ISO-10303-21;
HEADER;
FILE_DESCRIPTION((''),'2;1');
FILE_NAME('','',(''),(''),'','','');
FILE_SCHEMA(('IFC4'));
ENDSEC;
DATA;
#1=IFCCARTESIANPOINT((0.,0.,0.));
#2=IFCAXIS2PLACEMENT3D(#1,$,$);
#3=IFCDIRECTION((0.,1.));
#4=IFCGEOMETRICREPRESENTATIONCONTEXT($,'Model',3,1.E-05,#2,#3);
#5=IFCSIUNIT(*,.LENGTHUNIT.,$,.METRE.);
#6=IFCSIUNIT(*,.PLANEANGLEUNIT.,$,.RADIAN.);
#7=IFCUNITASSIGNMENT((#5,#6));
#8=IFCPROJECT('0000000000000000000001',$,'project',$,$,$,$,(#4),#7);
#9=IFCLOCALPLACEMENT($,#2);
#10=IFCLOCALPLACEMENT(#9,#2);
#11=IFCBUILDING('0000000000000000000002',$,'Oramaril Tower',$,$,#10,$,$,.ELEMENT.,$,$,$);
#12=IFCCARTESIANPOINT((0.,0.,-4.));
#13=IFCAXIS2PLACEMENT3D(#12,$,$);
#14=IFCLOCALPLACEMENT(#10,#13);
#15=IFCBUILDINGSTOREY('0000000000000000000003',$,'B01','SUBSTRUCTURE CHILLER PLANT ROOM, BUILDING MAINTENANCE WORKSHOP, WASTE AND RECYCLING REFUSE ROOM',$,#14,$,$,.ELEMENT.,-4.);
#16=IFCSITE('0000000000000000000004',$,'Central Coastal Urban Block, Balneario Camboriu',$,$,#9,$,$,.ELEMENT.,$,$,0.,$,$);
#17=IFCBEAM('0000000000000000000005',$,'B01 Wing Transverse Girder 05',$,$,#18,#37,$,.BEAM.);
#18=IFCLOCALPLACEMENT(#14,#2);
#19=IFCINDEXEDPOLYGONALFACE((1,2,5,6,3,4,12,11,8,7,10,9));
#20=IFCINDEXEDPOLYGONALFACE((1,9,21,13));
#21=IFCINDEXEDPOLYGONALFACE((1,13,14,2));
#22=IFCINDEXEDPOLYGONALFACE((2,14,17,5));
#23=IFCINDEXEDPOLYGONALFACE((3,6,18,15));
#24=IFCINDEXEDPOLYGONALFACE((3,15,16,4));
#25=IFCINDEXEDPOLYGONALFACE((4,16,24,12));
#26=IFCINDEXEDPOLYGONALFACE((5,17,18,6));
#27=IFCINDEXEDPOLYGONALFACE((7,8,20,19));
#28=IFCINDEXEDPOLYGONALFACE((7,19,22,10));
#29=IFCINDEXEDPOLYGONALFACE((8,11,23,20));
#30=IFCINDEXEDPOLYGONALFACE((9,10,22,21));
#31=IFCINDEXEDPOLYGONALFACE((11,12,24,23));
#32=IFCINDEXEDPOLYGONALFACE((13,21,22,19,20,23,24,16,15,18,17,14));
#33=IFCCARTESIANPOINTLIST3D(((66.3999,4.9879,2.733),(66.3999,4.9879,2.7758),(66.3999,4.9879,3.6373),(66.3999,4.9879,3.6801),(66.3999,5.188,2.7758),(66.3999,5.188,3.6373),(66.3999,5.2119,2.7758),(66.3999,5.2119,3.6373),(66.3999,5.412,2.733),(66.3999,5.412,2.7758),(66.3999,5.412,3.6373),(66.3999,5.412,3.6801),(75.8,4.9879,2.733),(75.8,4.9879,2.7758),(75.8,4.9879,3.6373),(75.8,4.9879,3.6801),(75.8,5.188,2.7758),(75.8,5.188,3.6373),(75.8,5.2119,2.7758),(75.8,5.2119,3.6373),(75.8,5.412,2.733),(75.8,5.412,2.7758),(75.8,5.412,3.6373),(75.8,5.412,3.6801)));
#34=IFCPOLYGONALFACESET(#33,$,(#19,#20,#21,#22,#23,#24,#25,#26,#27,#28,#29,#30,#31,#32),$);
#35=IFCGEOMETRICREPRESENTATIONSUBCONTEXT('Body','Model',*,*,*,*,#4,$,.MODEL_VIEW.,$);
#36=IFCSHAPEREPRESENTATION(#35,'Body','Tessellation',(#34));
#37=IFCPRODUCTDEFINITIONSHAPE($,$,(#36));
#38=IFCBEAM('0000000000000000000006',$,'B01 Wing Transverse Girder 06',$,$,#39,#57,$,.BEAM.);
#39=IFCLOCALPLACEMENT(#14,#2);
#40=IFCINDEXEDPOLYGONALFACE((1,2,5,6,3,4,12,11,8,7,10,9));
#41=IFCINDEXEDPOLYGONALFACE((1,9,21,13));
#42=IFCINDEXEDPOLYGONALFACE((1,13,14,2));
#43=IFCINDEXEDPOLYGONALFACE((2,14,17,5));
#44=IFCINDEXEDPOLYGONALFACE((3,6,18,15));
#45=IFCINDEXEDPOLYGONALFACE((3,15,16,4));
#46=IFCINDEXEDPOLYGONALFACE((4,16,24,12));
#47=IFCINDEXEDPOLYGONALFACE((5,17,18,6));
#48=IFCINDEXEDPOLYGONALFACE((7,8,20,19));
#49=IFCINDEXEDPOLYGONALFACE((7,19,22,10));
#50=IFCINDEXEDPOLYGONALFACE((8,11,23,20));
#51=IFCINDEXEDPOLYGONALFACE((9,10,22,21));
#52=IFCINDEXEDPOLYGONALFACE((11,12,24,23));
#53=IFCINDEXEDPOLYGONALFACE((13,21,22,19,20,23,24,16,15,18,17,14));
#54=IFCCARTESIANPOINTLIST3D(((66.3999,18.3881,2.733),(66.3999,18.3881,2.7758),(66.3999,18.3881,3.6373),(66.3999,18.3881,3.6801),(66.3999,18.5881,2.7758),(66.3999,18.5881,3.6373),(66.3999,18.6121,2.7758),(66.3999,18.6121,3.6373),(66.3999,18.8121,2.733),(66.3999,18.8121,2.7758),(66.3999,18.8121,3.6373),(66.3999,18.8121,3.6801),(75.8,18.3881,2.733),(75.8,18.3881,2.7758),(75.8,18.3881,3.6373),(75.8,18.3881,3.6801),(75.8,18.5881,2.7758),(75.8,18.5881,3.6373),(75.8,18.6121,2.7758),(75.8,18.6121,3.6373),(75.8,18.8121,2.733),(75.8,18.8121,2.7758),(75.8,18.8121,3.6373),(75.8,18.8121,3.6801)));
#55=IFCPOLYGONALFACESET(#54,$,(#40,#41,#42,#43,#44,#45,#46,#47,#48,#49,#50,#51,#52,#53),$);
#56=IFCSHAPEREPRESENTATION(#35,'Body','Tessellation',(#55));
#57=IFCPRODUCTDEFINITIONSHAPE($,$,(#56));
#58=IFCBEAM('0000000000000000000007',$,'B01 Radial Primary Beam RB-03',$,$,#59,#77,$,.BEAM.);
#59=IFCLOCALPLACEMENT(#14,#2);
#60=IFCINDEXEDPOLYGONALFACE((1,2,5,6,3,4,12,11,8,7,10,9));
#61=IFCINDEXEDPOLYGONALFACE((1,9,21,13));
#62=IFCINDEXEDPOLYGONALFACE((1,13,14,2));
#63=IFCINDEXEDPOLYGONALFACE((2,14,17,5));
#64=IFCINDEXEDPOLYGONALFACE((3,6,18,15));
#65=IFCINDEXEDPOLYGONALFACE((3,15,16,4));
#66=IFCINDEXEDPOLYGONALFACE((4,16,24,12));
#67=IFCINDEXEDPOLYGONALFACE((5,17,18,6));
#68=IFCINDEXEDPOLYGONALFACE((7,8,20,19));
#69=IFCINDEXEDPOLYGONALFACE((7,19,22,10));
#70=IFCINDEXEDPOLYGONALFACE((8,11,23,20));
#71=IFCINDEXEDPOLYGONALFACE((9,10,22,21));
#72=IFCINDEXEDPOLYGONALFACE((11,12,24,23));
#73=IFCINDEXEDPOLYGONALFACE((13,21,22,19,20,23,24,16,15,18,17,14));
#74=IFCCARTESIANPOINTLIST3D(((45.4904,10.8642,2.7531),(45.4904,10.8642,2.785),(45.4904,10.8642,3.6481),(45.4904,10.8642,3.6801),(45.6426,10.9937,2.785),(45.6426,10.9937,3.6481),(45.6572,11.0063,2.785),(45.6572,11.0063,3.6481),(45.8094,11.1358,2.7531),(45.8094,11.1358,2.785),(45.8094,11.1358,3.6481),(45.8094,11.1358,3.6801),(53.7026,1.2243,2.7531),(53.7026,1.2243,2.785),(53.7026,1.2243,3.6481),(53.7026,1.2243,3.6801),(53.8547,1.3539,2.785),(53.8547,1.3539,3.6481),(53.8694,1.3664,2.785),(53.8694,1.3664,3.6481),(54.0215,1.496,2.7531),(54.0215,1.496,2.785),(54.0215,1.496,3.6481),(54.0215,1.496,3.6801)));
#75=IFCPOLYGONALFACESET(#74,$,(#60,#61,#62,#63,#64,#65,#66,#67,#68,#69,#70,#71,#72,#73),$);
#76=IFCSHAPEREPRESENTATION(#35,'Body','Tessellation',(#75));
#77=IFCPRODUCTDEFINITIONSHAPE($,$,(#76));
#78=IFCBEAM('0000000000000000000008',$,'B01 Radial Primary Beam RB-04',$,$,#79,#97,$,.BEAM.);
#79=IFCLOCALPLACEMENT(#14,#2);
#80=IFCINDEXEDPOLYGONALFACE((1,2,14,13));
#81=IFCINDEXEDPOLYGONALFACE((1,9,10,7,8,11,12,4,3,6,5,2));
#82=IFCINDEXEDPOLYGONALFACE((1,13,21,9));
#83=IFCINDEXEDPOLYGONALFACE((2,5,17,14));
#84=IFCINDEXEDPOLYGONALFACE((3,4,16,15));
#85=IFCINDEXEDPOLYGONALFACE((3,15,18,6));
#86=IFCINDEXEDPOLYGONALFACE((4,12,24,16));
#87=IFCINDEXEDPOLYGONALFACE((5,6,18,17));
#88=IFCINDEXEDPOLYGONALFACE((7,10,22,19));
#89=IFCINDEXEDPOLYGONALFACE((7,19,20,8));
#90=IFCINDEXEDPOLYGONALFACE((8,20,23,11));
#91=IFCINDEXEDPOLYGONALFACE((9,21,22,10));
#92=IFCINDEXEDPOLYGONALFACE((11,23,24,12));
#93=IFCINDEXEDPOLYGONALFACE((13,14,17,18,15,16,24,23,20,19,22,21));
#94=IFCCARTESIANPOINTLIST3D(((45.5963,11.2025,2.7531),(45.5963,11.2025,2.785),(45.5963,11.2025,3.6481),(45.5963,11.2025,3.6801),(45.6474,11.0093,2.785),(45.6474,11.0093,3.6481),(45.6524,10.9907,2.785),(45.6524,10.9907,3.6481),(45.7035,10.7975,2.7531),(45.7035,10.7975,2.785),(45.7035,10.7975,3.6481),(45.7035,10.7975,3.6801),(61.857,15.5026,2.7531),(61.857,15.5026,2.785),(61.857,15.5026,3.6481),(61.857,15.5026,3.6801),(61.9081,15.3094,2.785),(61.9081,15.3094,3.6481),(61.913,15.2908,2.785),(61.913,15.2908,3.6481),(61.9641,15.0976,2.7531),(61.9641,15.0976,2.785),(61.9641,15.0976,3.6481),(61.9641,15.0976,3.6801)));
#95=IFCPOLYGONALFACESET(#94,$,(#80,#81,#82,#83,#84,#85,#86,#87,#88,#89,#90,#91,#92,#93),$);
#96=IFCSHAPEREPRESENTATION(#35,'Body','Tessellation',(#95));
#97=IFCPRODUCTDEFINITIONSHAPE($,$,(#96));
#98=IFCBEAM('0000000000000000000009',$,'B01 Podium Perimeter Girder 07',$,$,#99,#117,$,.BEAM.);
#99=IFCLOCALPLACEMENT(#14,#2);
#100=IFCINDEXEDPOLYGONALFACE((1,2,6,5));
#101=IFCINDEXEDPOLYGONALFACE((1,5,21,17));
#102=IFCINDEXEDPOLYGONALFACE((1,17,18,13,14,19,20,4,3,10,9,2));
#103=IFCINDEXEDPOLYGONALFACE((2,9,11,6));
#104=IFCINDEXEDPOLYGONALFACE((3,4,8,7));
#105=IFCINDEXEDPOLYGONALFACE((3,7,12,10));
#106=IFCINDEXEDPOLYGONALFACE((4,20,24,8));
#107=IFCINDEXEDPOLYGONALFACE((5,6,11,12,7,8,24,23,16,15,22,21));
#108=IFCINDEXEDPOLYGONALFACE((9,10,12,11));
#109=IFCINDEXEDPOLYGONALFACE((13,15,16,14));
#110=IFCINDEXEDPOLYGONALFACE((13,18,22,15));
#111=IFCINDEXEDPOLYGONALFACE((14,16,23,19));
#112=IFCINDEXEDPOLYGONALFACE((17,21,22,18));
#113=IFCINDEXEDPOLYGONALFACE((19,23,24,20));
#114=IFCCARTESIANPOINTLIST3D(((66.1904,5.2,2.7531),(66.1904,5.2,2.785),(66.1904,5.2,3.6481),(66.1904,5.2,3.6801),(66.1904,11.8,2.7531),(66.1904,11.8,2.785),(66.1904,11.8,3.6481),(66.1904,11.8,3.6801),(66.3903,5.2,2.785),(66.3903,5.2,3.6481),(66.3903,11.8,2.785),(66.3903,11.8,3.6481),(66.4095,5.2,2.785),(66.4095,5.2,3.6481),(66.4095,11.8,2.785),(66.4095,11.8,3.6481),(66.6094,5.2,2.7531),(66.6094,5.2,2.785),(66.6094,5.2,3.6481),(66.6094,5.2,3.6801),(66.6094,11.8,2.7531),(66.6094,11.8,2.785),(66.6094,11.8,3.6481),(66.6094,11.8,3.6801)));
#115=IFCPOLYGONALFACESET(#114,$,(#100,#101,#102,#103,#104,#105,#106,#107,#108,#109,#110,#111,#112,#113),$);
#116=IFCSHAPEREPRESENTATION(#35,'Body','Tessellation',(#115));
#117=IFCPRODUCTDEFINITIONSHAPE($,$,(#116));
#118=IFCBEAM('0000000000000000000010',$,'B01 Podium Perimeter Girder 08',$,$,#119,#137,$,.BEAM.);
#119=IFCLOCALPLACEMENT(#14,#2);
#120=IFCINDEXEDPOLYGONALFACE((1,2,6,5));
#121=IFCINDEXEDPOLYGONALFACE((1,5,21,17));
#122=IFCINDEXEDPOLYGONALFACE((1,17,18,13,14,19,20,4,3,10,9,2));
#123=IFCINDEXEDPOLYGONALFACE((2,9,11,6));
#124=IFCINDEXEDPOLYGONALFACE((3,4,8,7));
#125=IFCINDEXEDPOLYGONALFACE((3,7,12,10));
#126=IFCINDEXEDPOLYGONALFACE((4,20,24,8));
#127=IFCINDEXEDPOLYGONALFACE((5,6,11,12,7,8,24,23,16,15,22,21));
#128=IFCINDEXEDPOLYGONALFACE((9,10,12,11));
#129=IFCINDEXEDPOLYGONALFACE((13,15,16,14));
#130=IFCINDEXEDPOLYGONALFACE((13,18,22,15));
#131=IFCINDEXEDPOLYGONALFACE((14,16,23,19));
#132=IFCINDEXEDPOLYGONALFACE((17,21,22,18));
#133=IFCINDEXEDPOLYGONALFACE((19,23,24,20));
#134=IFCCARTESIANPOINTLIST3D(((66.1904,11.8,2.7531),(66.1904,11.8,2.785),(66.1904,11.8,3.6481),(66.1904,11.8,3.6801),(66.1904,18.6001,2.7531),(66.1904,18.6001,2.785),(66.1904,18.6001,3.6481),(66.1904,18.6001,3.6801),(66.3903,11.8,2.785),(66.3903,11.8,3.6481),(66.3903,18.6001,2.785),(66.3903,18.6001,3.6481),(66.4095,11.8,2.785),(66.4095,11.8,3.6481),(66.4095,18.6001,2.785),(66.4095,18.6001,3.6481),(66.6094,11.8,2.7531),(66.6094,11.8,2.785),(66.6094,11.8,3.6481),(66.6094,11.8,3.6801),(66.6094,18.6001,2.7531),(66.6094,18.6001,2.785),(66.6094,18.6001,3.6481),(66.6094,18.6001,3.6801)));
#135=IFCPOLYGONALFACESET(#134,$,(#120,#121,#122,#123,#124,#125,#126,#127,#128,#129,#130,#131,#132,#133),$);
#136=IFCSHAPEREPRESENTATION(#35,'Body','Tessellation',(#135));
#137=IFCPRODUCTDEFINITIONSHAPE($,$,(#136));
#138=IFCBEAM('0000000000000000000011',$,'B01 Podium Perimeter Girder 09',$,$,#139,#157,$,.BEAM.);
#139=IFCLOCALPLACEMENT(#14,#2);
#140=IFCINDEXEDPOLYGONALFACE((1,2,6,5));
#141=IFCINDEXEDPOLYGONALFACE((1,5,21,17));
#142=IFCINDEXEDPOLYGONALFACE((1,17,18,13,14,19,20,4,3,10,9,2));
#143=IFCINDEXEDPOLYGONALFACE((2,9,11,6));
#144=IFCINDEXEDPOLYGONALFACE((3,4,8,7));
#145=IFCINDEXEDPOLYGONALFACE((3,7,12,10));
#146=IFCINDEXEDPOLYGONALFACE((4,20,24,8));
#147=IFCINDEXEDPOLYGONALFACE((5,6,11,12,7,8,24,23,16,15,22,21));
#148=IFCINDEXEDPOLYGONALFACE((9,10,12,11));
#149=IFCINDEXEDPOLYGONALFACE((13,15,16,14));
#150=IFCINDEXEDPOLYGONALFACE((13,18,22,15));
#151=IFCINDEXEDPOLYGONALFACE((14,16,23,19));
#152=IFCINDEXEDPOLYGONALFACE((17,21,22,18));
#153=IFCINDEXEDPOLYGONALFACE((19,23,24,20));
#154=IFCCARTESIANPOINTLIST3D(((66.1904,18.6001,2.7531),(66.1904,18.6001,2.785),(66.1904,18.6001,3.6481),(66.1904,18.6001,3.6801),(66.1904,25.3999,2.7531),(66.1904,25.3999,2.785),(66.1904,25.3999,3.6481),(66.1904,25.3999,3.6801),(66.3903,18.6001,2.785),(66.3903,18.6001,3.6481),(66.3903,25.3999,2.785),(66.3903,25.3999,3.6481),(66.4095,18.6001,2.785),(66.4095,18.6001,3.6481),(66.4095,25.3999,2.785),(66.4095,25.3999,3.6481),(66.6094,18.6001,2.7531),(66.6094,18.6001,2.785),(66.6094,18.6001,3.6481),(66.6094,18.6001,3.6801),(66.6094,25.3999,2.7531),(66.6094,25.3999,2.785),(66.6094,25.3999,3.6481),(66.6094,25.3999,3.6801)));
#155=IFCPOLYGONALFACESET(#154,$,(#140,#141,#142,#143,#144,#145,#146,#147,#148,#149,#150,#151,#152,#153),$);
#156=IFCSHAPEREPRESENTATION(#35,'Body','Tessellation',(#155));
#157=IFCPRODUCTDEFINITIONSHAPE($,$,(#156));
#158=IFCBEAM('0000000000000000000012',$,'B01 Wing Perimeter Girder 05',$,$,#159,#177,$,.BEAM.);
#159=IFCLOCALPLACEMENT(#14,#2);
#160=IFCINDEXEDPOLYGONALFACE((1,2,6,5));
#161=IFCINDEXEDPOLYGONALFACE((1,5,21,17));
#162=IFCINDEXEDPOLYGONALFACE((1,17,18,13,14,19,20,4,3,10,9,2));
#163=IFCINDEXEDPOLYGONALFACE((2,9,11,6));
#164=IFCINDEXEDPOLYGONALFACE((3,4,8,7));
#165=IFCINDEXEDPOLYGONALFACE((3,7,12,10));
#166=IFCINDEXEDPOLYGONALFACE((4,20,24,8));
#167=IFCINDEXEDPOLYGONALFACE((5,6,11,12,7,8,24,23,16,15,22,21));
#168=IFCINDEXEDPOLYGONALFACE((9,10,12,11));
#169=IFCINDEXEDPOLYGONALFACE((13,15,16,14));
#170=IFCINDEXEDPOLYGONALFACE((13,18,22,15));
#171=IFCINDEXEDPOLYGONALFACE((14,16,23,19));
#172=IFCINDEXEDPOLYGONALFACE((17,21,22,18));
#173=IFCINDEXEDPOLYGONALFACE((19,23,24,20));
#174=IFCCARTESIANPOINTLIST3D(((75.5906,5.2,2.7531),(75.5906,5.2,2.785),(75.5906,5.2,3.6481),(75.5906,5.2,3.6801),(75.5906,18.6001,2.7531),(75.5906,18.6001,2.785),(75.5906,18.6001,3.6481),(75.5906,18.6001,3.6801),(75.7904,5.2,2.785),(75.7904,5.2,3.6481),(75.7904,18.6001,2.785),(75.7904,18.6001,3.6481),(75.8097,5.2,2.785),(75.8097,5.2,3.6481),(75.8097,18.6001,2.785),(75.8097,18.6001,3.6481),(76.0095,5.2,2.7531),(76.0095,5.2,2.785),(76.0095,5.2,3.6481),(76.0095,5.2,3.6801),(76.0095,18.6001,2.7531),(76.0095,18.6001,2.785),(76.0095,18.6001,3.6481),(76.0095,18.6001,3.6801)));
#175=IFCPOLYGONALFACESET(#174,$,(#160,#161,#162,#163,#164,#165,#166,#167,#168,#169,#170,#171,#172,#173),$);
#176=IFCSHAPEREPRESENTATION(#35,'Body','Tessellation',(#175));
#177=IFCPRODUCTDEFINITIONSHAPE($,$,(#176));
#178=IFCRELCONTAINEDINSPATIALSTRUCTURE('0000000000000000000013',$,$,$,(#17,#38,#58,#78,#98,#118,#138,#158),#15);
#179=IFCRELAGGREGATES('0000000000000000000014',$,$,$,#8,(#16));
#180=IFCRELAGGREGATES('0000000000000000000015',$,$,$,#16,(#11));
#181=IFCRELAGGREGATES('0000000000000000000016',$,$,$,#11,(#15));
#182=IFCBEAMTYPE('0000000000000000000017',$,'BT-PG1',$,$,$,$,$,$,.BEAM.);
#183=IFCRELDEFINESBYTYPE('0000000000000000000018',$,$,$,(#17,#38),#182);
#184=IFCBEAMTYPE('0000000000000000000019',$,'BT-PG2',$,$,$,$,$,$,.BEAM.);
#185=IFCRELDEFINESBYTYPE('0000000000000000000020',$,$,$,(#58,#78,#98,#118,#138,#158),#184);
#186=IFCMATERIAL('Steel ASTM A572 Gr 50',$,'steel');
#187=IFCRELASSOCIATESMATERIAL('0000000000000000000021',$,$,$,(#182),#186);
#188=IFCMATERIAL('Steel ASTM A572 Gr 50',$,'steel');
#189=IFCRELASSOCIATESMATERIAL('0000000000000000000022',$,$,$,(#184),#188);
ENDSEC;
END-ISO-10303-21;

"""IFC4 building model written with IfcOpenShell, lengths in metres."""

from ifc_helpers import new_model, si_unit, direction, frame, origin, origin_2d, place, context, subcontext, project, spatial, i_section, extrude, material, material_profile, profile_set, type_object, element, save


model = new_model("IFC4")

# Units and contexts
model_context = context("Model", 3, precision=1e-05, world=origin(), true_north=direction((0.0, 1.0)))
body_context = subcontext(model_context, "Body", "Model", "MODEL_VIEW")
ifc_project = project(units=[si_unit("LENGTHUNIT", "METRE"), si_unit("PLANEANGLEUNIT", "RADIAN")], contexts=[model_context])

# Site, building, storey
site_placement = place(None, origin())
site = spatial("IfcSite", under=ifc_project, at=site_placement, Name="Central Coastal Urban Block, Balneario Camboriu", CompositionType="ELEMENT", RefElevation=0.0)
building_placement = place(site_placement, origin())
building = spatial("IfcBuilding", under=site, at=building_placement, Name="Oramaril Tower", CompositionType="ELEMENT")
storey_placement = place(building_placement, frame((0.0, 0.0, -4.0)))
storey = spatial("IfcBuildingStorey", under=building, at=storey_placement, Name="B01", Description="SUBSTRUCTURE CHILLER PLANT ROOM, BUILDING MAINTENANCE WORKSHOP, WASTE AND RECYCLING REFUSE ROOM", CompositionType="ELEMENT", Elevation=-4.0)

# Beams
ifc_material_1 = material(Name="Steel ASTM A572 Gr 50", Category="steel")
ifc_material_profile_1 = material_profile(ifc_material_1, i_section(OverallWidth=0.4241, OverallDepth=0.947, WebThickness=0.0239, FlangeThickness=0.0427, at=origin_2d()), Name="W36X302")
ifc_profile_set_1 = profile_set([ifc_material_profile_1], Name="Steel ASTM A572 Gr 50")
beam_type_1 = type_object("IfcBeamType", Name="BT-PG1", PredefinedType="BEAM", material=ifc_profile_set_1)
for number, where, z_axis, x_axis, name in (
    (1, (66.3999, 5.2, 3.2065), (1.0, 0.0, 0.0), (0.0, 1.0, 0.0), "B01 Wing Transverse Girder 05"),
    (2, (66.3999, 18.6001, 3.2065), (1.0, 0.0, 0.0), (0.0, 1.0, 0.0), "B01 Wing Transverse Girder 06"),
):
    element("IfcBeam", number, at=place(storey_placement, frame(where, z_axis=z_axis, x_axis=x_axis)), inside=storey, type_object=beam_type_1, Name=name, PredefinedType="BEAM", context=body_context, shape_type="SweptSolid", body=[
        extrude(i_section(OverallWidth=0.4241, OverallDepth=0.947, WebThickness=0.0239, FlangeThickness=0.0427, at=origin_2d()), origin(), (0.0, 0.0, 1.0), 9.4001),
    ])
ifc_material_2 = material(Name="Steel ASTM A572 Gr 50", Category="steel")
ifc_material_profile_2 = material_profile(ifc_material_2, i_section(OverallWidth=0.4189, OverallDepth=0.927, WebThickness=0.0193, FlangeThickness=0.032, at=origin_2d()), Name="W36X231")
ifc_profile_set_2 = profile_set([ifc_material_profile_2], Name="Steel ASTM A572 Gr 50")
beam_type_2 = type_object("IfcBeamType", Name="BT-PG2", PredefinedType="BEAM", material=ifc_profile_set_2)
beam_1_placement = place(storey_placement, frame((45.6499, 11.0, 3.2166), z_axis=(0.648485, -0.761228, 0.0), x_axis=(0.761228, 0.648485, 0.0)))
element("IfcBeam", 3, at=beam_1_placement, inside=storey, type_object=beam_type_2, Name="B01 Radial Primary Beam RB-03", PredefinedType="BEAM", context=body_context, shape_type="SweptSolid", body=[
    extrude(i_section(OverallWidth=0.4189, OverallDepth=0.927, WebThickness=0.0193, FlangeThickness=0.032, at=origin_2d()), origin(), (0.0, 0.0, 1.0), 12.6636),
])
beam_2_placement = place(storey_placement, frame((45.6499, 11.0, 3.2166), z_axis=(0.966767, 0.255659, 0.0), x_axis=(-0.255659, 0.966767, 0.0)))
element("IfcBeam", 4, at=beam_2_placement, inside=storey, type_object=beam_type_2, Name="B01 Radial Primary Beam RB-04", PredefinedType="BEAM", context=body_context, shape_type="SweptSolid", body=[
    extrude(i_section(OverallWidth=0.4189, OverallDepth=0.927, WebThickness=0.0193, FlangeThickness=0.032, at=origin_2d()), origin(), (0.0, 0.0, 1.0), 16.8196),
])
beam_3_placement = place(storey_placement, frame((66.3999, 5.2, 3.2166), z_axis=(0.0, 1.0, 0.0), x_axis=(-1.0, 0.0, 0.0)))
element("IfcBeam", 5, at=beam_3_placement, inside=storey, type_object=beam_type_2, Name="B01 Podium Perimeter Girder 07", PredefinedType="BEAM", context=body_context, shape_type="SweptSolid", body=[
    extrude(i_section(OverallWidth=0.4189, OverallDepth=0.927, WebThickness=0.0193, FlangeThickness=0.032, at=origin_2d()), origin(), (0.0, 0.0, 1.0), 6.6001),
])
beam_4_placement = place(storey_placement, frame((66.3999, 11.8, 3.2166), z_axis=(0.0, 1.0, 0.0), x_axis=(-1.0, 0.0, 0.0)))
element("IfcBeam", 6, at=beam_4_placement, inside=storey, type_object=beam_type_2, Name="B01 Podium Perimeter Girder 08", PredefinedType="BEAM", context=body_context, shape_type="SweptSolid", body=[
    extrude(i_section(OverallWidth=0.4189, OverallDepth=0.927, WebThickness=0.0193, FlangeThickness=0.032, at=origin_2d()), origin(), (0.0, 0.0, 1.0), 6.8),
])
beam_5_placement = place(storey_placement, frame((66.3999, 18.6001, 3.2166), z_axis=(0.0, 1.0, 0.0), x_axis=(-1.0, 0.0, 0.0)))
element("IfcBeam", 7, at=beam_5_placement, inside=storey, type_object=beam_type_2, Name="B01 Podium Perimeter Girder 09", PredefinedType="BEAM", context=body_context, shape_type="SweptSolid", body=[
    extrude(i_section(OverallWidth=0.4189, OverallDepth=0.927, WebThickness=0.0193, FlangeThickness=0.032, at=origin_2d()), origin(), (0.0, 0.0, 1.0), 6.7998),
])
beam_6_placement = place(storey_placement, frame((75.8, 5.2, 3.2166), z_axis=(0.0, 1.0, 0.0), x_axis=(-1.0, 0.0, 0.0)))
element("IfcBeam", 8, at=beam_6_placement, inside=storey, type_object=beam_type_2, Name="B01 Wing Perimeter Girder 05", PredefinedType="BEAM", context=body_context, shape_type="SweptSolid", body=[
    extrude(i_section(OverallWidth=0.4189, OverallDepth=0.927, WebThickness=0.0193, FlangeThickness=0.032, at=origin_2d()), origin(), (0.0, 0.0, 1.0), 13.4001),
])

save(model, "model.ifc")
